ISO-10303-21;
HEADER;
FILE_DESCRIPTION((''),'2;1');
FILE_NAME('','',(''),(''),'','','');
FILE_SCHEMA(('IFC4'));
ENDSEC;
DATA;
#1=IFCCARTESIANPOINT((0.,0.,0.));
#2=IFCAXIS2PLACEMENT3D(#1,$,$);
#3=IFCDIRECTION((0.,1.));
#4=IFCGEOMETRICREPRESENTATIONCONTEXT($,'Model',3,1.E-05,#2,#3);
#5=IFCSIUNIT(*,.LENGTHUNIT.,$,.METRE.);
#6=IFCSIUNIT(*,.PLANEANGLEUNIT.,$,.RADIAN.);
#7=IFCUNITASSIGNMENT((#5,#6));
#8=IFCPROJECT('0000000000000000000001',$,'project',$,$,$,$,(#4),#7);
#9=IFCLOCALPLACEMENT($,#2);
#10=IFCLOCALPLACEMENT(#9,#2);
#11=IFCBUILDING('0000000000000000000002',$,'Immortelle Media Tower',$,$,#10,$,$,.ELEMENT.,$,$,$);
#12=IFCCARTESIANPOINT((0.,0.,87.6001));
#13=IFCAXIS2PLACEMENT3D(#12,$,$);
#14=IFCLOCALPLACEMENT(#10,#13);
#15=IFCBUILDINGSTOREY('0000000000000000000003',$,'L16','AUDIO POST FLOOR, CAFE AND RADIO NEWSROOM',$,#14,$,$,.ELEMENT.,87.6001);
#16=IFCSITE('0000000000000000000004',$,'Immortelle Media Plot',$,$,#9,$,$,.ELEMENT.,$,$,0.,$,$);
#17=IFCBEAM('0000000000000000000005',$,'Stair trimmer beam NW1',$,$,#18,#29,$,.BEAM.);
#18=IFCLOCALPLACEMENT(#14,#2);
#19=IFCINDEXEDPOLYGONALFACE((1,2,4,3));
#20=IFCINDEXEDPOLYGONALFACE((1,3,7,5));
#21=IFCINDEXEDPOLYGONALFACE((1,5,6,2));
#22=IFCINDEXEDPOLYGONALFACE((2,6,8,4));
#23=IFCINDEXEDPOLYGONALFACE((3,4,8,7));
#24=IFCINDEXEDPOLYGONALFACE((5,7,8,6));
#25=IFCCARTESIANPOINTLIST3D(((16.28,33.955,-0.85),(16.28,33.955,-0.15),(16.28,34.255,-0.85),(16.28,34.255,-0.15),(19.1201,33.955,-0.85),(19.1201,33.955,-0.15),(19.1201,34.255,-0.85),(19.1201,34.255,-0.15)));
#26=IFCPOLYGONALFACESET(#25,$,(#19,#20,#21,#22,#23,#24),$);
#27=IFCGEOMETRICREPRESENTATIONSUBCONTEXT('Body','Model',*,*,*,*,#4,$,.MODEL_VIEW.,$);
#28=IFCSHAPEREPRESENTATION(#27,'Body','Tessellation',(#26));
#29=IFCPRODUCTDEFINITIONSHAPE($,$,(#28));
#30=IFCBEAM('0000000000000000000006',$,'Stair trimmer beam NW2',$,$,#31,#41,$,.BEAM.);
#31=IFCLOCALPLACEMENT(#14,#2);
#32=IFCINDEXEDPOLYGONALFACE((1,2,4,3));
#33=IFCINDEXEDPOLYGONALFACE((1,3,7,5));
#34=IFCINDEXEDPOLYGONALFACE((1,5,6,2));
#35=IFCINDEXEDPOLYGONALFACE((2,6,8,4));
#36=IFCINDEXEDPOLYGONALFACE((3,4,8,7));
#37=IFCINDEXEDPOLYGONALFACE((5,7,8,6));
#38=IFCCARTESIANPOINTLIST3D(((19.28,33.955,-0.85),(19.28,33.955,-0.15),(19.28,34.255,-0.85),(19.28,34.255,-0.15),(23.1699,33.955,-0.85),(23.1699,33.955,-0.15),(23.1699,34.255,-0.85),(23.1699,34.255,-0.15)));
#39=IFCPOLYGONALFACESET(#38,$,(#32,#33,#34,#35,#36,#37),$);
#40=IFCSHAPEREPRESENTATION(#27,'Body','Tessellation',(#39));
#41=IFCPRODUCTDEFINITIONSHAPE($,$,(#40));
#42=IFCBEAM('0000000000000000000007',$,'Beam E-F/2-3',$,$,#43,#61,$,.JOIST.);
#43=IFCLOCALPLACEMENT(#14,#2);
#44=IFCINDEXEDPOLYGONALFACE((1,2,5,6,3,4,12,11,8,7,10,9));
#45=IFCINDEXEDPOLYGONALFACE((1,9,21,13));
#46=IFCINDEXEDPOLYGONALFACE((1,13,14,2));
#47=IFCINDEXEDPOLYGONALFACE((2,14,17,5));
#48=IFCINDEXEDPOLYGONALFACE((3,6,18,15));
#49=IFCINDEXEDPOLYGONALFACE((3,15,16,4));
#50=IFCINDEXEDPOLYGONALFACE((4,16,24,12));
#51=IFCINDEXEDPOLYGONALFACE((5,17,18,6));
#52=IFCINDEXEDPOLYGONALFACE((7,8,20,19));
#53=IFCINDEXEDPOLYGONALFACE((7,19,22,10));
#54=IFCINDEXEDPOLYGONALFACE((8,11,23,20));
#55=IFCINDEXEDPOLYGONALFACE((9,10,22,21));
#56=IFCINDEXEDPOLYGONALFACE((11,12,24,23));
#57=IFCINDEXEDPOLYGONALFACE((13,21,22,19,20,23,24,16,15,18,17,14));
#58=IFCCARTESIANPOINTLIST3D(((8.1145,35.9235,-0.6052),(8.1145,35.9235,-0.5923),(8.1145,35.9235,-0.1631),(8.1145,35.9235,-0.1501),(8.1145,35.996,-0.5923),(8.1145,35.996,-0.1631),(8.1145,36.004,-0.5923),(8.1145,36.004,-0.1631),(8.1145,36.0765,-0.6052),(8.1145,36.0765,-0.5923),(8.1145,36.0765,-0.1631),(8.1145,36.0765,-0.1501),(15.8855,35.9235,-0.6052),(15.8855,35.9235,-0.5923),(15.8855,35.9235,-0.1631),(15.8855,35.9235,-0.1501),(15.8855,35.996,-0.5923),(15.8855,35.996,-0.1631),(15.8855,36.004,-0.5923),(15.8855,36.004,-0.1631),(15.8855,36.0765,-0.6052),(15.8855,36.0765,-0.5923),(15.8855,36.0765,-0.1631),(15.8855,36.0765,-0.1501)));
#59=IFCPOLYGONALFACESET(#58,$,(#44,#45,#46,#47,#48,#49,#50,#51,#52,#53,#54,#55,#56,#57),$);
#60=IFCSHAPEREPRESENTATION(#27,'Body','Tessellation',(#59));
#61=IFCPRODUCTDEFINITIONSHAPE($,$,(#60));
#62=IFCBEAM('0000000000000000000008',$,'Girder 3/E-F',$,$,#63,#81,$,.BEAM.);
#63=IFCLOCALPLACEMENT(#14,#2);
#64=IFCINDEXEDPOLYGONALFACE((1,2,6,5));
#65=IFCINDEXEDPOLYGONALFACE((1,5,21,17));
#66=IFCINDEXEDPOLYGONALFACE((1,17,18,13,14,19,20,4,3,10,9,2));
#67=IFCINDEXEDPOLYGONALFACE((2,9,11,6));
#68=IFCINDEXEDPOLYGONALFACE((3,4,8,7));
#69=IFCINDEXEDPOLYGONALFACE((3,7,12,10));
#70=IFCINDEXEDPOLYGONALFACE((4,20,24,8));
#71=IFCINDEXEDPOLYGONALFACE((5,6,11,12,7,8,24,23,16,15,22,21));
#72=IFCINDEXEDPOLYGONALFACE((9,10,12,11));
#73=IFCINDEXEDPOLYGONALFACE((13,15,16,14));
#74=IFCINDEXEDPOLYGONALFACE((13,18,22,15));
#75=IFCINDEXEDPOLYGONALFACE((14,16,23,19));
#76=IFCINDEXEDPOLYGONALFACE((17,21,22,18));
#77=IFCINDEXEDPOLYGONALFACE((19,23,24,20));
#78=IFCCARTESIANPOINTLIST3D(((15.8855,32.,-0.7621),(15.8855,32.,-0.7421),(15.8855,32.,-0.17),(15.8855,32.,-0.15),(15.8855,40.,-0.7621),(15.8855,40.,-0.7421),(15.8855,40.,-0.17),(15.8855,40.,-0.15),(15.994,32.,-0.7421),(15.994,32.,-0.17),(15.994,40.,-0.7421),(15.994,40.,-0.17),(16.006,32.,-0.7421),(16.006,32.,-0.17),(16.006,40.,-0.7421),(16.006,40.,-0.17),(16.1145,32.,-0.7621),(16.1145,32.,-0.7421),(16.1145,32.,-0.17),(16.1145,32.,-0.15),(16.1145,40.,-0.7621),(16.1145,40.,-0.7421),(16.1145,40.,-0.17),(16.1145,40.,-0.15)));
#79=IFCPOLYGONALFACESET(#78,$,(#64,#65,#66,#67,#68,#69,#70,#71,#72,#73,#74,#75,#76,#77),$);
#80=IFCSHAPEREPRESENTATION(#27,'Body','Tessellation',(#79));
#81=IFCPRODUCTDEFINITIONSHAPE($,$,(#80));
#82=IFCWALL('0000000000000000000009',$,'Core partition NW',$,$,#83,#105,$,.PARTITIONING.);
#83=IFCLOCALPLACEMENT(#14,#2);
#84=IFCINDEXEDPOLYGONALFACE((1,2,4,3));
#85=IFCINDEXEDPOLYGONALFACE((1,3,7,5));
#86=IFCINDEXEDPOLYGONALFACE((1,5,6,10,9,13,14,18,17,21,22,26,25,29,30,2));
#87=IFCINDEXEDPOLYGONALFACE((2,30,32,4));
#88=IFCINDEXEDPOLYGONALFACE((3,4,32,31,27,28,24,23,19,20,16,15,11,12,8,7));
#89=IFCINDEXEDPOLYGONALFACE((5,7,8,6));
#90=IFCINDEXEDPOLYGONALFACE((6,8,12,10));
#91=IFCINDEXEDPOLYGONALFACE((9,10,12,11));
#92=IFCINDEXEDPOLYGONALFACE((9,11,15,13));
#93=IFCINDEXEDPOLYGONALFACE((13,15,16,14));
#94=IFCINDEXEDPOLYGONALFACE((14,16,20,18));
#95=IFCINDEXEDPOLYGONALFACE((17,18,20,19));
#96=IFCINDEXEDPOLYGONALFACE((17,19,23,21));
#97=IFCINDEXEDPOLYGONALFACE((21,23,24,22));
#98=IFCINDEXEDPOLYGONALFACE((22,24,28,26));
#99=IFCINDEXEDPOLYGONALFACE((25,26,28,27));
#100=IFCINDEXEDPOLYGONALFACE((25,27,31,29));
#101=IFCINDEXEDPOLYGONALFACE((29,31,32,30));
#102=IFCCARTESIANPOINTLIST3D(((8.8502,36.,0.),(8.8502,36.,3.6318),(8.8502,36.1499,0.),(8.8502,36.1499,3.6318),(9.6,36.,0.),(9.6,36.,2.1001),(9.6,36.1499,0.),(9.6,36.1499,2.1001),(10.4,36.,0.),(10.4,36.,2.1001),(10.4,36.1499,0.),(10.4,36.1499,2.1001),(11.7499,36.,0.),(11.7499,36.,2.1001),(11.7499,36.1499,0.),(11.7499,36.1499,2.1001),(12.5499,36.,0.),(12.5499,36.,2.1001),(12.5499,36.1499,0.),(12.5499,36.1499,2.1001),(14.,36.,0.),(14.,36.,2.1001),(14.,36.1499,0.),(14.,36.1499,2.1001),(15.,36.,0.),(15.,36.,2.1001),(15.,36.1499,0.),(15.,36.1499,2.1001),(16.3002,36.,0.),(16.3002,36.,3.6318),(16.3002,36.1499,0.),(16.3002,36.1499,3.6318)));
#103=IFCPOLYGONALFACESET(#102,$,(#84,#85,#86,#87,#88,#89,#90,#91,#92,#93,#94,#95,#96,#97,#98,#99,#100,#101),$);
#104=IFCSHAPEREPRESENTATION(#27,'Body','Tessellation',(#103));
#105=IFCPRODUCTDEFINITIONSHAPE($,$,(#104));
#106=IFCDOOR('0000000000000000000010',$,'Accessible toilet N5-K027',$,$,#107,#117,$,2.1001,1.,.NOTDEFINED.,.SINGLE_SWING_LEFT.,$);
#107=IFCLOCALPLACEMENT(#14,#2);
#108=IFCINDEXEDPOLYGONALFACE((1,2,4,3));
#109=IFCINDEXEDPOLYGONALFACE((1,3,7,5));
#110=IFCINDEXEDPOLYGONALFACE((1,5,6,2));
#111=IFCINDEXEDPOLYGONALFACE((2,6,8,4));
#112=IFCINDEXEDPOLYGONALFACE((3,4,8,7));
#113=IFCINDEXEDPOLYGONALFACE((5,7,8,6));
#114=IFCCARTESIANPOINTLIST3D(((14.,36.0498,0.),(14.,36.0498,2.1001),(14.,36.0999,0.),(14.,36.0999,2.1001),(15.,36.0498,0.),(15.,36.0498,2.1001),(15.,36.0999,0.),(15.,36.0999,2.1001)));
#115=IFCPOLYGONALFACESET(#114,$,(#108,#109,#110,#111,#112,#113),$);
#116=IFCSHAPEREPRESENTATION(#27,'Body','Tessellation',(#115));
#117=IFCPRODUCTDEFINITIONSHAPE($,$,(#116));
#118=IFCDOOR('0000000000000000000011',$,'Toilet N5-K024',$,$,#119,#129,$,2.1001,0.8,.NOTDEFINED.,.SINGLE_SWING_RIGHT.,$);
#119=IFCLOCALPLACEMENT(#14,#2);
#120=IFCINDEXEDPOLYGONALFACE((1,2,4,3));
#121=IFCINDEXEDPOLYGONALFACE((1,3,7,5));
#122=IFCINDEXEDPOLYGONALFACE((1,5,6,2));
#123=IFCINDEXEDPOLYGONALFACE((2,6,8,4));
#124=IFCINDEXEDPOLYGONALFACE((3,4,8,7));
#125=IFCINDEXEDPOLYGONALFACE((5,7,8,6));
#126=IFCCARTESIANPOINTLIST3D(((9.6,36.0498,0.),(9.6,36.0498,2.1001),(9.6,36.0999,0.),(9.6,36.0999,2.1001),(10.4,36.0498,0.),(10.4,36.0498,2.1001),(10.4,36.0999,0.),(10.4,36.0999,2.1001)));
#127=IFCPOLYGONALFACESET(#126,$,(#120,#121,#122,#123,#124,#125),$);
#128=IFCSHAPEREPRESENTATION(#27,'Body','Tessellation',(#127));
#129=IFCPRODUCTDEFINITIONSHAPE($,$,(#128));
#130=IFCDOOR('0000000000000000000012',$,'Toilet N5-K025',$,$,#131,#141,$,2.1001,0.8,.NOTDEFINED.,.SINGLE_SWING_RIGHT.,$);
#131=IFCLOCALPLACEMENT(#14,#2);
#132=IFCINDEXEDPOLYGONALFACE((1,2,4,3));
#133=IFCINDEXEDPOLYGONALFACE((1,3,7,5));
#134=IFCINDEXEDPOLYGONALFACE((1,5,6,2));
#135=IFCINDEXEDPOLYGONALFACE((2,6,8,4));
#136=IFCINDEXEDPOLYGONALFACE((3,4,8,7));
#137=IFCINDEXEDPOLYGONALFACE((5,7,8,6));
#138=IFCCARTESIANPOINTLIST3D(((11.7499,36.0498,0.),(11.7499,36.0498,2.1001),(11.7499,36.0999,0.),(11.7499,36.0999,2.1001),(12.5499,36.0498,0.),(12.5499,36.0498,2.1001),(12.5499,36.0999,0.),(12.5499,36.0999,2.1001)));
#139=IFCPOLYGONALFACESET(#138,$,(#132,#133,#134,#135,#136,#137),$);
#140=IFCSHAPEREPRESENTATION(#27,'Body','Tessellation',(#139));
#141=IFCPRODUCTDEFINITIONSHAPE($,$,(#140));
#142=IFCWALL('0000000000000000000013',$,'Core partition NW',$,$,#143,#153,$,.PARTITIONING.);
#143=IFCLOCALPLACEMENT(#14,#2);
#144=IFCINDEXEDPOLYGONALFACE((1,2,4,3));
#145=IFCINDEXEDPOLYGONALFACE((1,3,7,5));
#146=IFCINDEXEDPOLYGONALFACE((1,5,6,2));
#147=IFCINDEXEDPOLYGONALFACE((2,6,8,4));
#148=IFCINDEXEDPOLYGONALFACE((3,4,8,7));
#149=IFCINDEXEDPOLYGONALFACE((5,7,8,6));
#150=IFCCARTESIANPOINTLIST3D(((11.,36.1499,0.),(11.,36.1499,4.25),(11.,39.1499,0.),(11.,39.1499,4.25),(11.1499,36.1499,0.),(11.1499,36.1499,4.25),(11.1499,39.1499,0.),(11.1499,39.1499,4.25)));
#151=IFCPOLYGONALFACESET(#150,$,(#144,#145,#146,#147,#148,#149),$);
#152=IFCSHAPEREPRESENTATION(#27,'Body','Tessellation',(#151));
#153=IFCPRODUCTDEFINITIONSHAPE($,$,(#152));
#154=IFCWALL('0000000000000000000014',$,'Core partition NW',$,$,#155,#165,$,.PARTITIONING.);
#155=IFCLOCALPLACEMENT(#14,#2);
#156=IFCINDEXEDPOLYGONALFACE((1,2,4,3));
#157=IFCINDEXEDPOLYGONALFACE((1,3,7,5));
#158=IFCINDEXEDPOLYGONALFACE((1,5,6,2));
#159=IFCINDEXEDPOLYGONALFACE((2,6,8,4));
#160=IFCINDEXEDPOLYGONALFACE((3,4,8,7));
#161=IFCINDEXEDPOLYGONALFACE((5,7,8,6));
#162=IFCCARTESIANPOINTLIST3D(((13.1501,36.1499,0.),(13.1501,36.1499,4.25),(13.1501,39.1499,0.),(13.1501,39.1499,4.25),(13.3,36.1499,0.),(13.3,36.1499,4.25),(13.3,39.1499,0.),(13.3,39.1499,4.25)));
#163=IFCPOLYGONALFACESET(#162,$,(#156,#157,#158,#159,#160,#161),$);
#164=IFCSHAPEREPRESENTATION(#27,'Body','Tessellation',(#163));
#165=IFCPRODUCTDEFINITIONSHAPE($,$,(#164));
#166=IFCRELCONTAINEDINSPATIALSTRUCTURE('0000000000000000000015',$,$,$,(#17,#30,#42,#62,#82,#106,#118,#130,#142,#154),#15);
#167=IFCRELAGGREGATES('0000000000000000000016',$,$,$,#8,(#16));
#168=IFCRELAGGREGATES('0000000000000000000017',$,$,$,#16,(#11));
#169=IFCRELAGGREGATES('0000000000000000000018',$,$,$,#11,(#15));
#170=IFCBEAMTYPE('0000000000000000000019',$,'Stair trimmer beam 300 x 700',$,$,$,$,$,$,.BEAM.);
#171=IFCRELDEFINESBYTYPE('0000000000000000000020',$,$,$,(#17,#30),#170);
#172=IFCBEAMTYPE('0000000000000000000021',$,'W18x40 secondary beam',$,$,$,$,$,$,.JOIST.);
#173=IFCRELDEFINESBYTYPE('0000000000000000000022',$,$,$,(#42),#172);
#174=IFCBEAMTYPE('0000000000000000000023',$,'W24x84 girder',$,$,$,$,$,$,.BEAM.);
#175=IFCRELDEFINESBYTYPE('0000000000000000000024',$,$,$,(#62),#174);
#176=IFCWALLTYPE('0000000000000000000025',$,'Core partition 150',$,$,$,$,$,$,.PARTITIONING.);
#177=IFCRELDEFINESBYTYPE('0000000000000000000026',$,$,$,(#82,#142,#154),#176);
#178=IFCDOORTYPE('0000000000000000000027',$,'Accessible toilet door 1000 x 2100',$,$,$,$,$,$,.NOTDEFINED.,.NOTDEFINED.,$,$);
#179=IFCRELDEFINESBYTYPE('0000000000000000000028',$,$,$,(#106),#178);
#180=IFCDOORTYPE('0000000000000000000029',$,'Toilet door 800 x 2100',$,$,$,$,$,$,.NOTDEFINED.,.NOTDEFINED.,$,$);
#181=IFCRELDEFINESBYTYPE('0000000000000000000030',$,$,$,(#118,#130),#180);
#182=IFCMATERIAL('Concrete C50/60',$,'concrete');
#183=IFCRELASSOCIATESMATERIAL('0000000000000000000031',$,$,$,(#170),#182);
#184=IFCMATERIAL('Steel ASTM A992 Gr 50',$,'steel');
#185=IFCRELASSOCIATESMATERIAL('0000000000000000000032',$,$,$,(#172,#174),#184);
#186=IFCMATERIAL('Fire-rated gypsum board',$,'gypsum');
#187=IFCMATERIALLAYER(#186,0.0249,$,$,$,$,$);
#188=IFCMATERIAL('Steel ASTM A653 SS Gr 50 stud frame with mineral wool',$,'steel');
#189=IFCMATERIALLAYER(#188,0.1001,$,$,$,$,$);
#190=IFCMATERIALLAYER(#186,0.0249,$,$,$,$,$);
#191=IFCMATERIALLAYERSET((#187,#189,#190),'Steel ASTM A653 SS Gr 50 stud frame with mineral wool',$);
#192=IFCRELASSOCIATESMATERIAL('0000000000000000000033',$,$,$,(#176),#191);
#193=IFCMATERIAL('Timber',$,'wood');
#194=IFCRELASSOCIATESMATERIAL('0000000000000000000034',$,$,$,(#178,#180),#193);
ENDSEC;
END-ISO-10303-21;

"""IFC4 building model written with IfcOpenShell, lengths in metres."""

from ifc_helpers import new_model, si_unit, direction, frame, frame_2d, origin, origin_2d, place, context, subcontext, project, spatial, rectangle, i_section, extrude, material, layer, layer_set, material_profile, profile_set, type_object, element, fill, save


model = new_model("IFC4")

# Units and contexts
model_context = context("Model", 3, precision=1e-05, world=origin(), true_north=direction((0.0, 1.0)))
body_context = subcontext(model_context, "Body", "Model", "MODEL_VIEW")
ifc_project = project(units=[si_unit("LENGTHUNIT", "METRE"), si_unit("PLANEANGLEUNIT", "RADIAN")], contexts=[model_context])

# Site, building, storey
site_placement = place(None, origin())
site = spatial("IfcSite", under=ifc_project, at=site_placement, Name="Immortelle Media Plot", CompositionType="ELEMENT", RefElevation=0.0)
building_placement = place(site_placement, origin())
building = spatial("IfcBuilding", under=site, at=building_placement, Name="Immortelle Media Tower", CompositionType="ELEMENT")
storey_placement = place(building_placement, frame((0.0, 0.0, 87.6001)))
storey = spatial("IfcBuildingStorey", under=building, at=storey_placement, Name="L16", Description="AUDIO POST FLOOR, CAFE AND RADIO NEWSROOM", CompositionType="ELEMENT", Elevation=87.6001)

# Beams
ifc_material_1 = material(Name="Concrete C50/60", Category="concrete")
ifc_material_profile_1 = material_profile(ifc_material_1, rectangle(XDim=0.3, YDim=0.7, at=origin_2d()), Name="RC 300x700")
ifc_profile_set_1 = profile_set([ifc_material_profile_1], Name="Concrete C50/60")
beam_type_1 = type_object("IfcBeamType", Name="Stair trimmer beam 300 x 700", PredefinedType="BEAM", material=ifc_profile_set_1)
beam_1_placement = place(storey_placement, frame((16.28, 34.105, -0.5), z_axis=(1.0, 0.0, 0.0), x_axis=(0.0, 1.0, 0.0)))
element("IfcBeam", 1, at=beam_1_placement, inside=storey, type_object=beam_type_1, Name="Stair trimmer beam NW1", PredefinedType="BEAM", context=body_context, shape_type="SweptSolid", body=[
    extrude(rectangle(XDim=0.3, YDim=0.7, at=origin_2d()), origin(), (0.0, 0.0, 1.0), 2.8401),
])
beam_2_placement = place(storey_placement, frame((19.28, 34.105, -0.5), z_axis=(1.0, 0.0, 0.0), x_axis=(0.0, 1.0, 0.0)))
element("IfcBeam", 2, at=beam_2_placement, inside=storey, type_object=beam_type_1, Name="Stair trimmer beam NW2", PredefinedType="BEAM", context=body_context, shape_type="SweptSolid", body=[
    extrude(rectangle(XDim=0.3, YDim=0.7, at=origin_2d()), origin(), (0.0, 0.0, 1.0), 3.8899),
])
ifc_material_2 = material(Name="Steel ASTM A992 Gr 50", Category="steel")
ifc_material_profile_2 = material_profile(ifc_material_2, i_section(OverallWidth=0.1531, OverallDepth=0.4551, WebThickness=0.0081, FlangeThickness=0.0129, at=origin_2d()), Name="W18x40")
ifc_profile_set_2 = profile_set([ifc_material_profile_2], Name="Steel ASTM A992 Gr 50")
beam_type_2 = type_object("IfcBeamType", Name="W18x40 secondary beam", PredefinedType="JOIST", material=ifc_profile_set_2)
beam_3_placement = place(storey_placement, frame((8.1145, 36.0, -0.3777), z_axis=(1.0, 0.0, 0.0), x_axis=(0.0, 1.0, 0.0)))
element("IfcBeam", 3, at=beam_3_placement, inside=storey, type_object=beam_type_2, Name="Beam E-F/2-3", PredefinedType="JOIST", context=body_context, shape_type="SweptSolid", body=[
    extrude(i_section(OverallWidth=0.1531, OverallDepth=0.4551, WebThickness=0.0081, FlangeThickness=0.0129, at=origin_2d()), origin(), (0.0, 0.0, 1.0), 7.771),
])
ifc_material_profile_3 = material_profile(ifc_material_2, i_section(OverallWidth=0.229, OverallDepth=0.6121, WebThickness=0.012, FlangeThickness=0.02, at=origin_2d()), Name="W24x84")
ifc_profile_set_3 = profile_set([ifc_material_profile_3], Name="Steel ASTM A992 Gr 50")
beam_type_3 = type_object("IfcBeamType", Name="W24x84 girder", PredefinedType="BEAM", material=ifc_profile_set_3)
beam_4_placement = place(storey_placement, frame((16.0, 32.0, -0.4561), z_axis=(0.0, 1.0, 0.0), x_axis=(-1.0, 0.0, 0.0)))
element("IfcBeam", 4, at=beam_4_placement, inside=storey, type_object=beam_type_3, Name="Girder 3/E-F", PredefinedType="BEAM", context=body_context, shape_type="SweptSolid", body=[
    extrude(i_section(OverallWidth=0.229, OverallDepth=0.6121, WebThickness=0.012, FlangeThickness=0.02, at=origin_2d()), origin(), (0.0, 0.0, 1.0), 8.0),
])

# Wall, openings, doors
ifc_material_3 = material(Name="Fire-rated gypsum board", Category="gypsum")
ifc_layer_1 = layer(ifc_material_3, 0.0249)
ifc_material_4 = material(Name="Steel ASTM A653 SS Gr 50 stud frame with mineral wool", Category="steel")
ifc_layer_2 = layer(ifc_material_4, 0.1001)
ifc_layer_3 = layer(ifc_material_3, 0.0249)
ifc_layer_set_1 = layer_set([ifc_layer_1, ifc_layer_2, ifc_layer_3], Name="Steel ASTM A653 SS Gr 50 stud frame with mineral wool")
wall_type_1 = type_object("IfcWallType", Name="Core partition 150", PredefinedType="PARTITIONING", material=ifc_layer_set_1)
wall_1_placement = place(storey_placement, frame((8.8501, 36.075, 0.0), z_axis=(0.0, 0.0, 1.0), x_axis=(1.0, 0.0, 0.0)))
wall_1 = element("IfcWall", 5, at=wall_1_placement, inside=storey, type_object=wall_type_1, Name="Core partition NW", PredefinedType="PARTITIONING", context=body_context, shape_type="SweptSolid", body=[
    extrude(rectangle(XDim=7.45, YDim=0.1499, at=frame_2d((3.7251, 0.0))), origin(), (0.0, 0.0, 1.0), 3.6318),
])
opening_1_placement = place(wall_1_placement, frame((0.75, 0.0, 0.0)))
opening_1 = element("IfcOpeningElement", 6, at=opening_1_placement, cuts=wall_1, PredefinedType="OPENING", context=body_context, shape_type="SweptSolid", body=[
    extrude(rectangle(XDim=0.8, YDim=2.1001, at=frame_2d((0.3999, 1.05))), frame((0.0, 0.085, 0.0), z_axis=(0.0, -1.0, 0.0), x_axis=(1.0, 0.0, 0.0)), (0.0, 0.0, 1.0), 0.1699),
])
opening_2_placement = place(wall_1_placement, frame((2.8999, 0.0, 0.0)))
opening_2 = element("IfcOpeningElement", 7, at=opening_2_placement, cuts=wall_1, PredefinedType="OPENING", context=body_context, shape_type="SweptSolid", body=[
    extrude(rectangle(XDim=0.8, YDim=2.1001, at=frame_2d((0.3999, 1.05))), frame((0.0, 0.085, 0.0), z_axis=(0.0, -1.0, 0.0), x_axis=(1.0, 0.0, 0.0)), (0.0, 0.0, 1.0), 0.1699),
])
opening_3_placement = place(wall_1_placement, frame((5.1499, 0.0, 0.0)))
opening_3 = element("IfcOpeningElement", 8, at=opening_3_placement, cuts=wall_1, PredefinedType="OPENING", context=body_context, shape_type="SweptSolid", body=[
    extrude(rectangle(XDim=1.0, YDim=2.1001, at=frame_2d((0.5, 1.05))), frame((0.0, 0.085, 0.0), z_axis=(0.0, -1.0, 0.0), x_axis=(1.0, 0.0, 0.0)), (0.0, 0.0, 1.0), 0.1699),
])
ifc_material_5 = material(Name="Timber", Category="wood")
door_type_1 = type_object("IfcDoorType", Name="Accessible toilet door 1000 x 2100", OperationType="NOTDEFINED", PredefinedType="NOTDEFINED", material=ifc_material_5)
door_1_placement = place(opening_3_placement, origin())
door_1 = element("IfcDoor", 9, at=door_1_placement, inside=storey, type_object=door_type_1, Name="Accessible toilet N5-K027", OperationType="SINGLE_SWING_LEFT", OverallHeight=2.1001, OverallWidth=1.0, PredefinedType="NOTDEFINED", context=body_context, shape_type="SweptSolid", body=[
    extrude(rectangle(XDim=1.0, YDim=2.1001, at=frame_2d((0.5, 1.05))), frame((0.0, 0.0249, 0.0), z_axis=(0.0, -1.0, 0.0), x_axis=(1.0, 0.0, 0.0)), (0.0, 0.0, 1.0), 0.05),
])
fill(opening_3, door_1)
door_type_2 = type_object("IfcDoorType", Name="Toilet door 800 x 2100", OperationType="NOTDEFINED", PredefinedType="NOTDEFINED", material=ifc_material_5)
door_2_placement = place(opening_1_placement, origin())
door_2 = element("IfcDoor", 10, at=door_2_placement, inside=storey, type_object=door_type_2, Name="Toilet N5-K024", OperationType="SINGLE_SWING_RIGHT", OverallHeight=2.1001, OverallWidth=0.8, PredefinedType="NOTDEFINED", context=body_context, shape_type="SweptSolid", body=[
    extrude(rectangle(XDim=0.8, YDim=2.1001, at=frame_2d((0.3999, 1.05))), frame((0.0, 0.0249, 0.0), z_axis=(0.0, -1.0, 0.0), x_axis=(1.0, 0.0, 0.0)), (0.0, 0.0, 1.0), 0.05),
])
fill(opening_1, door_2)
door_3_placement = place(opening_2_placement, origin())
door_3 = element("IfcDoor", 11, at=door_3_placement, inside=storey, type_object=door_type_2, Name="Toilet N5-K025", OperationType="SINGLE_SWING_RIGHT", OverallHeight=2.1001, OverallWidth=0.8, PredefinedType="NOTDEFINED", context=body_context, shape_type="SweptSolid", body=[
    extrude(rectangle(XDim=0.8, YDim=2.1001, at=frame_2d((0.3999, 1.05))), frame((0.0, 0.0249, 0.0), z_axis=(0.0, -1.0, 0.0), x_axis=(1.0, 0.0, 0.0)), (0.0, 0.0, 1.0), 0.05),
])
fill(opening_2, door_3)

# Walls
for number, where, z_axis, x_axis, name in (
    (12, (11.075, 36.1499, 0.0), (0.0, 0.0, 1.0), (0.0, 1.0, 0.0), "Core partition NW"),
    (13, (13.2251, 36.1499, 0.0), (0.0, 0.0, 1.0), (0.0, 1.0, 0.0), "Core partition NW"),
):
    element("IfcWall", number, at=place(storey_placement, frame(where, z_axis=z_axis, x_axis=x_axis)), inside=storey, type_object=wall_type_1, Name=name, PredefinedType="PARTITIONING", context=body_context, shape_type="SweptSolid", body=[
        extrude(rectangle(XDim=3.0, YDim=0.1499, at=frame_2d((1.5, 0.0))), origin(), (0.0, 0.0, 1.0), 4.25),
    ])

save(model, "model.ifc")
